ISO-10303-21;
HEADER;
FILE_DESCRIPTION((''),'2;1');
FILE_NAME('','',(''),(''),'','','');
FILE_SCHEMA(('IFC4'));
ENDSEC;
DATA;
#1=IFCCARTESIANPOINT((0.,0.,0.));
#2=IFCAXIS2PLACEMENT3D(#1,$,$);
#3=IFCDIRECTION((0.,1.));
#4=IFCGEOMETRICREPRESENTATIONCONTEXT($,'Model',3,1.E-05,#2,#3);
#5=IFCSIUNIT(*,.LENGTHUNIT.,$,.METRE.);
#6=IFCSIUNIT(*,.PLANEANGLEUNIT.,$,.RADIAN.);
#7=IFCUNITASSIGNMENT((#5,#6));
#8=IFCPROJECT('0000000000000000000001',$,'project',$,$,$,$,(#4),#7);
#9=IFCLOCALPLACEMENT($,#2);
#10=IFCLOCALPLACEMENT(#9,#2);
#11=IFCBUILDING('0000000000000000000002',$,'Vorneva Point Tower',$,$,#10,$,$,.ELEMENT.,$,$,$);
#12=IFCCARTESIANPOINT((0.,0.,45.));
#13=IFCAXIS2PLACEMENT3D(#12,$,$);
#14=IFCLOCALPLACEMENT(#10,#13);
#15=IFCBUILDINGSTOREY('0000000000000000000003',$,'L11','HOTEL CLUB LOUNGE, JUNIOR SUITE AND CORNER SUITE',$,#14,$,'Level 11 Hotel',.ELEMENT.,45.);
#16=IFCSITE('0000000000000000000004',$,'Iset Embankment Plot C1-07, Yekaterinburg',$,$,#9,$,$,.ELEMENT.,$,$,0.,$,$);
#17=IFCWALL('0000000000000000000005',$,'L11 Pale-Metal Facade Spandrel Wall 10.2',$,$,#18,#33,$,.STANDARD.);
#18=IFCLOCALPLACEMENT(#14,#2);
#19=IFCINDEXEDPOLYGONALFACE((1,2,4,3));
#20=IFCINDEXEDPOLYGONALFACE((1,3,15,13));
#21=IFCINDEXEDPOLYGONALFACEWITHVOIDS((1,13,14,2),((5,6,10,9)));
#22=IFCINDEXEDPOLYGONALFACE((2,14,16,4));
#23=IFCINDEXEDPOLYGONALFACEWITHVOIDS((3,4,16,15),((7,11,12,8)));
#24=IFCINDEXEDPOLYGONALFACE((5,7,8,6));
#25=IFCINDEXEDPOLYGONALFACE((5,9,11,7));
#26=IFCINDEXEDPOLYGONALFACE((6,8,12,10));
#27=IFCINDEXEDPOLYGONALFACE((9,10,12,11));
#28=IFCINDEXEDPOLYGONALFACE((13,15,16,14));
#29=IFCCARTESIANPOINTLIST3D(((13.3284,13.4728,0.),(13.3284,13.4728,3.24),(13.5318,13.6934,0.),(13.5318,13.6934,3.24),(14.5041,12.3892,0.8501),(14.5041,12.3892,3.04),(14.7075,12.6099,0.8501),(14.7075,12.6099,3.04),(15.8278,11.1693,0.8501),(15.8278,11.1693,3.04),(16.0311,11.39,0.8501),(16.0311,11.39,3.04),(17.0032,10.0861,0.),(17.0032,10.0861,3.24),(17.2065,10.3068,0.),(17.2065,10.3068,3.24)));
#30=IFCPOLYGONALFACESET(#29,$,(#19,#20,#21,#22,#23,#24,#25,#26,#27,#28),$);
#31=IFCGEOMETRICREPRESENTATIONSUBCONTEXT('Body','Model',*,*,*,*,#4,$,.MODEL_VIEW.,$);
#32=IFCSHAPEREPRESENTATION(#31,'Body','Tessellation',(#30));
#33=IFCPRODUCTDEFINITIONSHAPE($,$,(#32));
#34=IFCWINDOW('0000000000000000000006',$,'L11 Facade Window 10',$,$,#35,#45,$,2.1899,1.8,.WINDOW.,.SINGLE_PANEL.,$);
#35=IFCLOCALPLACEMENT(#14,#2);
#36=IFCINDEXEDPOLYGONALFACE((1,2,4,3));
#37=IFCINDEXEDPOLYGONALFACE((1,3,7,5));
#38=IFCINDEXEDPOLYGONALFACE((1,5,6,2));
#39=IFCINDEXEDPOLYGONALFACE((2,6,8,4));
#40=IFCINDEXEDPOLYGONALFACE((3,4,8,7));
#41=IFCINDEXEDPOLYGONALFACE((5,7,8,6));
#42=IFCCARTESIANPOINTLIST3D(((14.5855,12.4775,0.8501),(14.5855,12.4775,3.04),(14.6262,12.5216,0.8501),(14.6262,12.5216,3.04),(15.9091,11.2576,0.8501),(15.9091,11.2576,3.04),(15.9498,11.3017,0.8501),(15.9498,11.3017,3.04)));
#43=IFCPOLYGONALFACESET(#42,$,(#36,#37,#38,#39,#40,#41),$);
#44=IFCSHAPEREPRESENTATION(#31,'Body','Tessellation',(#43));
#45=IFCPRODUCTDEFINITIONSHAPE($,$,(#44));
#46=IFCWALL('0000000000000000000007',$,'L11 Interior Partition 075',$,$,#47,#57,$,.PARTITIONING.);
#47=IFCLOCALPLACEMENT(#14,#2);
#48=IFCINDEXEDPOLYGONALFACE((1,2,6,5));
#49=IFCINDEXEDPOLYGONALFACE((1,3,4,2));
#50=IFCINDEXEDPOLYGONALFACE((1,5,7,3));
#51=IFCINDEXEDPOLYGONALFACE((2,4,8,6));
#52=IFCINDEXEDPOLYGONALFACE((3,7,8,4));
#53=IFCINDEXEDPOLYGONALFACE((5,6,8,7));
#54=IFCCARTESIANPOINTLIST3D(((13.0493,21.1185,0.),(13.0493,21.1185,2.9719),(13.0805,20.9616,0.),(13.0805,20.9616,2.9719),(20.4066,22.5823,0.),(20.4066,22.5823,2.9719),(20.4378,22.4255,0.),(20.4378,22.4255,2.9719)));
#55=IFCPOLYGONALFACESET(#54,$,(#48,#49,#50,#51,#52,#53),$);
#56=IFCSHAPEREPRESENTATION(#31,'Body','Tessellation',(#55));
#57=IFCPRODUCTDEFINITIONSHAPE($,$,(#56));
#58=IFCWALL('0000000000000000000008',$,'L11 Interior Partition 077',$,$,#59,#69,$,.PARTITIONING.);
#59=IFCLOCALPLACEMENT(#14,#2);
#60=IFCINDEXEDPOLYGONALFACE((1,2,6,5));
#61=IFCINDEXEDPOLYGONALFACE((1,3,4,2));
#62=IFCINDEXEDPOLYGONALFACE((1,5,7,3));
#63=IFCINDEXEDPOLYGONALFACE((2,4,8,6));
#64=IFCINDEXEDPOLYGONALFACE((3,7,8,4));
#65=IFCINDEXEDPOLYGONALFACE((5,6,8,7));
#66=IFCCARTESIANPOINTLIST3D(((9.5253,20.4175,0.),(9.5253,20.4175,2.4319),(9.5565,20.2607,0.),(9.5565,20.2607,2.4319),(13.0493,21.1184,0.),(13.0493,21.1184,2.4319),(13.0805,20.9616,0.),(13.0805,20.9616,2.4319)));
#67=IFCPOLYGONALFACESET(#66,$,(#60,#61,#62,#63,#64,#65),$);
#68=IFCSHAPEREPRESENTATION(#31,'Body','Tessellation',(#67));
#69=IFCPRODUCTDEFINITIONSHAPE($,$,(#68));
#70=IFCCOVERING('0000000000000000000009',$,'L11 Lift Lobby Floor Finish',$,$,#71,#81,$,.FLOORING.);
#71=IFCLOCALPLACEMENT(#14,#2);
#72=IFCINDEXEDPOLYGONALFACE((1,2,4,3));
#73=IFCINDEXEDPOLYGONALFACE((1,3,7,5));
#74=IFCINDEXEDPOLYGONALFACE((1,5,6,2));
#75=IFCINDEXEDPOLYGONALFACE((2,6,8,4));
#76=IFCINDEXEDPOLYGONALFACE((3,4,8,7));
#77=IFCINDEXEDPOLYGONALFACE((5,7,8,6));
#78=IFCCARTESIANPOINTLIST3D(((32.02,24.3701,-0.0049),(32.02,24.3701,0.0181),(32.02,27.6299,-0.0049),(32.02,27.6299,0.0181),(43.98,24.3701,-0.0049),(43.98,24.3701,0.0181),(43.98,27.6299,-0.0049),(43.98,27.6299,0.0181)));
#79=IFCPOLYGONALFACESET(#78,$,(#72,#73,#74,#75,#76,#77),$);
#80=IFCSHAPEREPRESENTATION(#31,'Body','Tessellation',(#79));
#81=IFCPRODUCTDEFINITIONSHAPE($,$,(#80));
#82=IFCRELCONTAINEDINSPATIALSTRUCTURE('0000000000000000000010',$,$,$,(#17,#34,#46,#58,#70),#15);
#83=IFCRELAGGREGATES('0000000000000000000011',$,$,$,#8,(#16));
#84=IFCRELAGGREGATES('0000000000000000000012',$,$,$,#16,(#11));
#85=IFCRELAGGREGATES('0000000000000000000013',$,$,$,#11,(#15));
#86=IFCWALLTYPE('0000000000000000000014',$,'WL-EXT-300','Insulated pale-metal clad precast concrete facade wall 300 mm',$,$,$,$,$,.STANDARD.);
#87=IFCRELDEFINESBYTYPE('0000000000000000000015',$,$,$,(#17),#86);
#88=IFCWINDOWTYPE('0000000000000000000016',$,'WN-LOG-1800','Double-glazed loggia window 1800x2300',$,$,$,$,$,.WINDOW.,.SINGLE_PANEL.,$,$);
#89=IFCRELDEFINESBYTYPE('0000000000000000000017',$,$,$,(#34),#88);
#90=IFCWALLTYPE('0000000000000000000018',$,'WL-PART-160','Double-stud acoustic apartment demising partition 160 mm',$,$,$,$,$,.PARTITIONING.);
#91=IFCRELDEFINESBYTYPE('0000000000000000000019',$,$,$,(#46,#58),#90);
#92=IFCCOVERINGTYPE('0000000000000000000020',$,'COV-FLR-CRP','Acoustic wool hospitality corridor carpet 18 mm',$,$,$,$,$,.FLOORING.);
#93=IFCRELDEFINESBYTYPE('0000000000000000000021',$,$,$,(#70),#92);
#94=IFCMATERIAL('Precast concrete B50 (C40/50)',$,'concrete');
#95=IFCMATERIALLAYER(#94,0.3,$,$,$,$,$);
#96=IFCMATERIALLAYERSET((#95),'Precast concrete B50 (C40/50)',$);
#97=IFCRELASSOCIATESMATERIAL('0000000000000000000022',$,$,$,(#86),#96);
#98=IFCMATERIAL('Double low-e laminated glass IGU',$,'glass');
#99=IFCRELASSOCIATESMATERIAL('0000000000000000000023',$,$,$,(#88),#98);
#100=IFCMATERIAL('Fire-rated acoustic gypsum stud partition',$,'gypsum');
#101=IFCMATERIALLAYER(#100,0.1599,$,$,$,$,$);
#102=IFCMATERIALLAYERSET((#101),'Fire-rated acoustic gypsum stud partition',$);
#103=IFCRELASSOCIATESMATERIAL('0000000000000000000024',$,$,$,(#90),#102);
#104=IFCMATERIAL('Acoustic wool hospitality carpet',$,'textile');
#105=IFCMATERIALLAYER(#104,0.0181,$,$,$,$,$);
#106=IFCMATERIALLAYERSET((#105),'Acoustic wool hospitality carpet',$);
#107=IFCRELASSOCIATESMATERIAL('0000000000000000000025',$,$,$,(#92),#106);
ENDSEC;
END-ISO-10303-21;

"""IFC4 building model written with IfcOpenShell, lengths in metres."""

from ifc_helpers import new_model, si_unit, direction, frame, frame_2d, origin, place, context, subcontext, project, spatial, polyline, rectangle, outline, extrude, material, layer, layer_set, type_object, element, fill, save


model = new_model("IFC4")

# Units and contexts
model_context = context("Model", 3, precision=1e-05, world=origin(), true_north=direction((0.0, 1.0)))
body_context = subcontext(model_context, "Body", "Model", "MODEL_VIEW")
ifc_project = project(units=[si_unit("LENGTHUNIT", "METRE"), si_unit("PLANEANGLEUNIT", "RADIAN")], contexts=[model_context])

# Site, building, storey
site_placement = place(None, origin())
site = spatial("IfcSite", under=ifc_project, at=site_placement, Name="Iset Embankment Plot C1-07, Yekaterinburg", CompositionType="ELEMENT", RefElevation=0.0)
building_placement = place(site_placement, origin())
building = spatial("IfcBuilding", under=site, at=building_placement, Name="Vorneva Point Tower", CompositionType="ELEMENT")
storey_placement = place(building_placement, frame((0.0, 0.0, 45.0)))
storey = spatial("IfcBuildingStorey", under=building, at=storey_placement, Name="L11", Description="HOTEL CLUB LOUNGE, JUNIOR SUITE AND CORNER SUITE", LongName="Level 11 Hotel", CompositionType="ELEMENT", Elevation=45.0)

# Shared definitions
ifc_material_1 = material(Name="Double low-e laminated glass IGU", Category="glass")

# Wall, opening, window
ifc_material_2 = material(Name="Precast concrete B50 (C40/50)", Category="concrete")
ifc_layer_1 = layer(ifc_material_2, 0.3)
ifc_layer_set_1 = layer_set([ifc_layer_1], Name="Precast concrete B50 (C40/50)")
wall_type_1 = type_object("IfcWallType", Name="WL-EXT-300", Description="Insulated pale-metal clad precast concrete facade wall 300 mm", PredefinedType="STANDARD", material=ifc_layer_set_1)
wall_1_placement = place(storey_placement, frame((13.4302, 13.583, 0.0), z_axis=(0.0, 0.0, 1.0), x_axis=(0.735343, -0.677696, 0.0)))
wall_1 = element("IfcWall", 1, at=wall_1_placement, inside=storey, type_object=wall_type_1, Name="L11 Pale-Metal Facade Spandrel Wall 10.2", PredefinedType="STANDARD", context=body_context, shape_type="SweptSolid", body=[
    extrude(rectangle(XDim=4.9973, YDim=0.3, at=frame_2d((2.4985, 0.0))), origin(), (0.0, 0.0, 1.0), 3.24),
])
opening_1_placement = place(wall_1_placement, frame((1.5989, 0.0, 0.8501)))
opening_1 = element("IfcOpeningElement", 2, at=opening_1_placement, cuts=wall_1, PredefinedType="OPENING", context=body_context, shape_type="SweptSolid", body=[
    extrude(rectangle(XDim=1.8, YDim=2.1899, at=frame_2d((0.8999, 1.095))), frame((0.0, 0.165, 0.0), z_axis=(0.0, -1.0, 0.0), x_axis=(1.0, 0.0, 0.0)), (0.0, 0.0, 1.0), 0.3298),
])
window_type_1 = type_object("IfcWindowType", Name="WN-LOG-1800", Description="Double-glazed loggia window 1800x2300", PartitioningType="SINGLE_PANEL", PredefinedType="WINDOW", material=ifc_material_1)
window_1_placement = place(opening_1_placement, origin())
window_1 = element("IfcWindow", 3, at=window_1_placement, inside=storey, type_object=window_type_1, Name="L11 Facade Window 10", OverallHeight=2.1899, OverallWidth=1.8, PartitioningType="SINGLE_PANEL", PredefinedType="WINDOW", context=body_context, shape_type="SweptSolid", body=[
    extrude(rectangle(XDim=1.8, YDim=2.1899, at=frame_2d((0.8999, 1.095))), frame((0.0, 0.03, 0.0), z_axis=(0.0, -1.0, 0.0), x_axis=(1.0, 0.0, 0.0)), (0.0, 0.0, 1.0), 0.0601),
])
fill(opening_1, window_1)

# Walls
ifc_material_3 = material(Name="Fire-rated acoustic gypsum stud partition", Category="gypsum")
ifc_layer_2 = layer(ifc_material_3, 0.1599)
ifc_layer_set_2 = layer_set([ifc_layer_2], Name="Fire-rated acoustic gypsum stud partition")
wall_type_2 = type_object("IfcWallType", Name="WL-PART-160", Description="Double-stud acoustic apartment demising partition 160 mm", PredefinedType="PARTITIONING", material=ifc_layer_set_2)
wall_2_placement = place(storey_placement, frame((13.0649, 21.04, 0.0), z_axis=(0.0, 0.0, 1.0), x_axis=(0.980774, 0.195146, 0.0)))
element("IfcWall", 4, at=wall_2_placement, inside=storey, type_object=wall_type_2, Name="L11 Interior Partition 075", PredefinedType="PARTITIONING", context=body_context, shape_type="SweptSolid", body=[
    extrude(rectangle(XDim=7.5015, YDim=0.1599, at=frame_2d((3.7507, 0.0))), origin(), (0.0, 0.0, 1.0), 2.9719),
])
wall_3_placement = place(storey_placement, frame((9.541, 20.3391, 0.0), z_axis=(0.0, 0.0, 1.0), x_axis=(0.980787, 0.195084, 0.0)))
element("IfcWall", 5, at=wall_3_placement, inside=storey, type_object=wall_type_2, Name="L11 Interior Partition 077", PredefinedType="PARTITIONING", context=body_context, shape_type="SweptSolid", body=[
    extrude(rectangle(XDim=3.593, YDim=0.1599, at=frame_2d((1.7964, 0.0))), origin(), (0.0, 0.0, 1.0), 2.4319),
])

# Covering
ifc_material_4 = material(Name="Acoustic wool hospitality carpet", Category="textile")
ifc_layer_3 = layer(ifc_material_4, 0.0181)
ifc_layer_set_3 = layer_set([ifc_layer_3], Name="Acoustic wool hospitality carpet")
covering_type = type_object("IfcCoveringType", Name="COV-FLR-CRP", Description="Acoustic wool hospitality corridor carpet 18 mm", PredefinedType="FLOORING", material=ifc_layer_set_3)
covering_placement = place(storey_placement, frame((0.0, 0.0, -0.0049)))
element("IfcCovering", 6, at=covering_placement, inside=storey, type_object=covering_type, Name="L11 Lift Lobby Floor Finish", PredefinedType="FLOORING", context=body_context, shape_type="SweptSolid", body=[
    extrude(outline(polyline([(32.02, 24.3701), (43.98, 24.3701), (43.98, 27.6299), (32.02, 27.6299), (32.02, 24.3701)])), origin(), (0.0, 0.0, 1.0), 0.0229),
])

save(model, "model.ifc")
